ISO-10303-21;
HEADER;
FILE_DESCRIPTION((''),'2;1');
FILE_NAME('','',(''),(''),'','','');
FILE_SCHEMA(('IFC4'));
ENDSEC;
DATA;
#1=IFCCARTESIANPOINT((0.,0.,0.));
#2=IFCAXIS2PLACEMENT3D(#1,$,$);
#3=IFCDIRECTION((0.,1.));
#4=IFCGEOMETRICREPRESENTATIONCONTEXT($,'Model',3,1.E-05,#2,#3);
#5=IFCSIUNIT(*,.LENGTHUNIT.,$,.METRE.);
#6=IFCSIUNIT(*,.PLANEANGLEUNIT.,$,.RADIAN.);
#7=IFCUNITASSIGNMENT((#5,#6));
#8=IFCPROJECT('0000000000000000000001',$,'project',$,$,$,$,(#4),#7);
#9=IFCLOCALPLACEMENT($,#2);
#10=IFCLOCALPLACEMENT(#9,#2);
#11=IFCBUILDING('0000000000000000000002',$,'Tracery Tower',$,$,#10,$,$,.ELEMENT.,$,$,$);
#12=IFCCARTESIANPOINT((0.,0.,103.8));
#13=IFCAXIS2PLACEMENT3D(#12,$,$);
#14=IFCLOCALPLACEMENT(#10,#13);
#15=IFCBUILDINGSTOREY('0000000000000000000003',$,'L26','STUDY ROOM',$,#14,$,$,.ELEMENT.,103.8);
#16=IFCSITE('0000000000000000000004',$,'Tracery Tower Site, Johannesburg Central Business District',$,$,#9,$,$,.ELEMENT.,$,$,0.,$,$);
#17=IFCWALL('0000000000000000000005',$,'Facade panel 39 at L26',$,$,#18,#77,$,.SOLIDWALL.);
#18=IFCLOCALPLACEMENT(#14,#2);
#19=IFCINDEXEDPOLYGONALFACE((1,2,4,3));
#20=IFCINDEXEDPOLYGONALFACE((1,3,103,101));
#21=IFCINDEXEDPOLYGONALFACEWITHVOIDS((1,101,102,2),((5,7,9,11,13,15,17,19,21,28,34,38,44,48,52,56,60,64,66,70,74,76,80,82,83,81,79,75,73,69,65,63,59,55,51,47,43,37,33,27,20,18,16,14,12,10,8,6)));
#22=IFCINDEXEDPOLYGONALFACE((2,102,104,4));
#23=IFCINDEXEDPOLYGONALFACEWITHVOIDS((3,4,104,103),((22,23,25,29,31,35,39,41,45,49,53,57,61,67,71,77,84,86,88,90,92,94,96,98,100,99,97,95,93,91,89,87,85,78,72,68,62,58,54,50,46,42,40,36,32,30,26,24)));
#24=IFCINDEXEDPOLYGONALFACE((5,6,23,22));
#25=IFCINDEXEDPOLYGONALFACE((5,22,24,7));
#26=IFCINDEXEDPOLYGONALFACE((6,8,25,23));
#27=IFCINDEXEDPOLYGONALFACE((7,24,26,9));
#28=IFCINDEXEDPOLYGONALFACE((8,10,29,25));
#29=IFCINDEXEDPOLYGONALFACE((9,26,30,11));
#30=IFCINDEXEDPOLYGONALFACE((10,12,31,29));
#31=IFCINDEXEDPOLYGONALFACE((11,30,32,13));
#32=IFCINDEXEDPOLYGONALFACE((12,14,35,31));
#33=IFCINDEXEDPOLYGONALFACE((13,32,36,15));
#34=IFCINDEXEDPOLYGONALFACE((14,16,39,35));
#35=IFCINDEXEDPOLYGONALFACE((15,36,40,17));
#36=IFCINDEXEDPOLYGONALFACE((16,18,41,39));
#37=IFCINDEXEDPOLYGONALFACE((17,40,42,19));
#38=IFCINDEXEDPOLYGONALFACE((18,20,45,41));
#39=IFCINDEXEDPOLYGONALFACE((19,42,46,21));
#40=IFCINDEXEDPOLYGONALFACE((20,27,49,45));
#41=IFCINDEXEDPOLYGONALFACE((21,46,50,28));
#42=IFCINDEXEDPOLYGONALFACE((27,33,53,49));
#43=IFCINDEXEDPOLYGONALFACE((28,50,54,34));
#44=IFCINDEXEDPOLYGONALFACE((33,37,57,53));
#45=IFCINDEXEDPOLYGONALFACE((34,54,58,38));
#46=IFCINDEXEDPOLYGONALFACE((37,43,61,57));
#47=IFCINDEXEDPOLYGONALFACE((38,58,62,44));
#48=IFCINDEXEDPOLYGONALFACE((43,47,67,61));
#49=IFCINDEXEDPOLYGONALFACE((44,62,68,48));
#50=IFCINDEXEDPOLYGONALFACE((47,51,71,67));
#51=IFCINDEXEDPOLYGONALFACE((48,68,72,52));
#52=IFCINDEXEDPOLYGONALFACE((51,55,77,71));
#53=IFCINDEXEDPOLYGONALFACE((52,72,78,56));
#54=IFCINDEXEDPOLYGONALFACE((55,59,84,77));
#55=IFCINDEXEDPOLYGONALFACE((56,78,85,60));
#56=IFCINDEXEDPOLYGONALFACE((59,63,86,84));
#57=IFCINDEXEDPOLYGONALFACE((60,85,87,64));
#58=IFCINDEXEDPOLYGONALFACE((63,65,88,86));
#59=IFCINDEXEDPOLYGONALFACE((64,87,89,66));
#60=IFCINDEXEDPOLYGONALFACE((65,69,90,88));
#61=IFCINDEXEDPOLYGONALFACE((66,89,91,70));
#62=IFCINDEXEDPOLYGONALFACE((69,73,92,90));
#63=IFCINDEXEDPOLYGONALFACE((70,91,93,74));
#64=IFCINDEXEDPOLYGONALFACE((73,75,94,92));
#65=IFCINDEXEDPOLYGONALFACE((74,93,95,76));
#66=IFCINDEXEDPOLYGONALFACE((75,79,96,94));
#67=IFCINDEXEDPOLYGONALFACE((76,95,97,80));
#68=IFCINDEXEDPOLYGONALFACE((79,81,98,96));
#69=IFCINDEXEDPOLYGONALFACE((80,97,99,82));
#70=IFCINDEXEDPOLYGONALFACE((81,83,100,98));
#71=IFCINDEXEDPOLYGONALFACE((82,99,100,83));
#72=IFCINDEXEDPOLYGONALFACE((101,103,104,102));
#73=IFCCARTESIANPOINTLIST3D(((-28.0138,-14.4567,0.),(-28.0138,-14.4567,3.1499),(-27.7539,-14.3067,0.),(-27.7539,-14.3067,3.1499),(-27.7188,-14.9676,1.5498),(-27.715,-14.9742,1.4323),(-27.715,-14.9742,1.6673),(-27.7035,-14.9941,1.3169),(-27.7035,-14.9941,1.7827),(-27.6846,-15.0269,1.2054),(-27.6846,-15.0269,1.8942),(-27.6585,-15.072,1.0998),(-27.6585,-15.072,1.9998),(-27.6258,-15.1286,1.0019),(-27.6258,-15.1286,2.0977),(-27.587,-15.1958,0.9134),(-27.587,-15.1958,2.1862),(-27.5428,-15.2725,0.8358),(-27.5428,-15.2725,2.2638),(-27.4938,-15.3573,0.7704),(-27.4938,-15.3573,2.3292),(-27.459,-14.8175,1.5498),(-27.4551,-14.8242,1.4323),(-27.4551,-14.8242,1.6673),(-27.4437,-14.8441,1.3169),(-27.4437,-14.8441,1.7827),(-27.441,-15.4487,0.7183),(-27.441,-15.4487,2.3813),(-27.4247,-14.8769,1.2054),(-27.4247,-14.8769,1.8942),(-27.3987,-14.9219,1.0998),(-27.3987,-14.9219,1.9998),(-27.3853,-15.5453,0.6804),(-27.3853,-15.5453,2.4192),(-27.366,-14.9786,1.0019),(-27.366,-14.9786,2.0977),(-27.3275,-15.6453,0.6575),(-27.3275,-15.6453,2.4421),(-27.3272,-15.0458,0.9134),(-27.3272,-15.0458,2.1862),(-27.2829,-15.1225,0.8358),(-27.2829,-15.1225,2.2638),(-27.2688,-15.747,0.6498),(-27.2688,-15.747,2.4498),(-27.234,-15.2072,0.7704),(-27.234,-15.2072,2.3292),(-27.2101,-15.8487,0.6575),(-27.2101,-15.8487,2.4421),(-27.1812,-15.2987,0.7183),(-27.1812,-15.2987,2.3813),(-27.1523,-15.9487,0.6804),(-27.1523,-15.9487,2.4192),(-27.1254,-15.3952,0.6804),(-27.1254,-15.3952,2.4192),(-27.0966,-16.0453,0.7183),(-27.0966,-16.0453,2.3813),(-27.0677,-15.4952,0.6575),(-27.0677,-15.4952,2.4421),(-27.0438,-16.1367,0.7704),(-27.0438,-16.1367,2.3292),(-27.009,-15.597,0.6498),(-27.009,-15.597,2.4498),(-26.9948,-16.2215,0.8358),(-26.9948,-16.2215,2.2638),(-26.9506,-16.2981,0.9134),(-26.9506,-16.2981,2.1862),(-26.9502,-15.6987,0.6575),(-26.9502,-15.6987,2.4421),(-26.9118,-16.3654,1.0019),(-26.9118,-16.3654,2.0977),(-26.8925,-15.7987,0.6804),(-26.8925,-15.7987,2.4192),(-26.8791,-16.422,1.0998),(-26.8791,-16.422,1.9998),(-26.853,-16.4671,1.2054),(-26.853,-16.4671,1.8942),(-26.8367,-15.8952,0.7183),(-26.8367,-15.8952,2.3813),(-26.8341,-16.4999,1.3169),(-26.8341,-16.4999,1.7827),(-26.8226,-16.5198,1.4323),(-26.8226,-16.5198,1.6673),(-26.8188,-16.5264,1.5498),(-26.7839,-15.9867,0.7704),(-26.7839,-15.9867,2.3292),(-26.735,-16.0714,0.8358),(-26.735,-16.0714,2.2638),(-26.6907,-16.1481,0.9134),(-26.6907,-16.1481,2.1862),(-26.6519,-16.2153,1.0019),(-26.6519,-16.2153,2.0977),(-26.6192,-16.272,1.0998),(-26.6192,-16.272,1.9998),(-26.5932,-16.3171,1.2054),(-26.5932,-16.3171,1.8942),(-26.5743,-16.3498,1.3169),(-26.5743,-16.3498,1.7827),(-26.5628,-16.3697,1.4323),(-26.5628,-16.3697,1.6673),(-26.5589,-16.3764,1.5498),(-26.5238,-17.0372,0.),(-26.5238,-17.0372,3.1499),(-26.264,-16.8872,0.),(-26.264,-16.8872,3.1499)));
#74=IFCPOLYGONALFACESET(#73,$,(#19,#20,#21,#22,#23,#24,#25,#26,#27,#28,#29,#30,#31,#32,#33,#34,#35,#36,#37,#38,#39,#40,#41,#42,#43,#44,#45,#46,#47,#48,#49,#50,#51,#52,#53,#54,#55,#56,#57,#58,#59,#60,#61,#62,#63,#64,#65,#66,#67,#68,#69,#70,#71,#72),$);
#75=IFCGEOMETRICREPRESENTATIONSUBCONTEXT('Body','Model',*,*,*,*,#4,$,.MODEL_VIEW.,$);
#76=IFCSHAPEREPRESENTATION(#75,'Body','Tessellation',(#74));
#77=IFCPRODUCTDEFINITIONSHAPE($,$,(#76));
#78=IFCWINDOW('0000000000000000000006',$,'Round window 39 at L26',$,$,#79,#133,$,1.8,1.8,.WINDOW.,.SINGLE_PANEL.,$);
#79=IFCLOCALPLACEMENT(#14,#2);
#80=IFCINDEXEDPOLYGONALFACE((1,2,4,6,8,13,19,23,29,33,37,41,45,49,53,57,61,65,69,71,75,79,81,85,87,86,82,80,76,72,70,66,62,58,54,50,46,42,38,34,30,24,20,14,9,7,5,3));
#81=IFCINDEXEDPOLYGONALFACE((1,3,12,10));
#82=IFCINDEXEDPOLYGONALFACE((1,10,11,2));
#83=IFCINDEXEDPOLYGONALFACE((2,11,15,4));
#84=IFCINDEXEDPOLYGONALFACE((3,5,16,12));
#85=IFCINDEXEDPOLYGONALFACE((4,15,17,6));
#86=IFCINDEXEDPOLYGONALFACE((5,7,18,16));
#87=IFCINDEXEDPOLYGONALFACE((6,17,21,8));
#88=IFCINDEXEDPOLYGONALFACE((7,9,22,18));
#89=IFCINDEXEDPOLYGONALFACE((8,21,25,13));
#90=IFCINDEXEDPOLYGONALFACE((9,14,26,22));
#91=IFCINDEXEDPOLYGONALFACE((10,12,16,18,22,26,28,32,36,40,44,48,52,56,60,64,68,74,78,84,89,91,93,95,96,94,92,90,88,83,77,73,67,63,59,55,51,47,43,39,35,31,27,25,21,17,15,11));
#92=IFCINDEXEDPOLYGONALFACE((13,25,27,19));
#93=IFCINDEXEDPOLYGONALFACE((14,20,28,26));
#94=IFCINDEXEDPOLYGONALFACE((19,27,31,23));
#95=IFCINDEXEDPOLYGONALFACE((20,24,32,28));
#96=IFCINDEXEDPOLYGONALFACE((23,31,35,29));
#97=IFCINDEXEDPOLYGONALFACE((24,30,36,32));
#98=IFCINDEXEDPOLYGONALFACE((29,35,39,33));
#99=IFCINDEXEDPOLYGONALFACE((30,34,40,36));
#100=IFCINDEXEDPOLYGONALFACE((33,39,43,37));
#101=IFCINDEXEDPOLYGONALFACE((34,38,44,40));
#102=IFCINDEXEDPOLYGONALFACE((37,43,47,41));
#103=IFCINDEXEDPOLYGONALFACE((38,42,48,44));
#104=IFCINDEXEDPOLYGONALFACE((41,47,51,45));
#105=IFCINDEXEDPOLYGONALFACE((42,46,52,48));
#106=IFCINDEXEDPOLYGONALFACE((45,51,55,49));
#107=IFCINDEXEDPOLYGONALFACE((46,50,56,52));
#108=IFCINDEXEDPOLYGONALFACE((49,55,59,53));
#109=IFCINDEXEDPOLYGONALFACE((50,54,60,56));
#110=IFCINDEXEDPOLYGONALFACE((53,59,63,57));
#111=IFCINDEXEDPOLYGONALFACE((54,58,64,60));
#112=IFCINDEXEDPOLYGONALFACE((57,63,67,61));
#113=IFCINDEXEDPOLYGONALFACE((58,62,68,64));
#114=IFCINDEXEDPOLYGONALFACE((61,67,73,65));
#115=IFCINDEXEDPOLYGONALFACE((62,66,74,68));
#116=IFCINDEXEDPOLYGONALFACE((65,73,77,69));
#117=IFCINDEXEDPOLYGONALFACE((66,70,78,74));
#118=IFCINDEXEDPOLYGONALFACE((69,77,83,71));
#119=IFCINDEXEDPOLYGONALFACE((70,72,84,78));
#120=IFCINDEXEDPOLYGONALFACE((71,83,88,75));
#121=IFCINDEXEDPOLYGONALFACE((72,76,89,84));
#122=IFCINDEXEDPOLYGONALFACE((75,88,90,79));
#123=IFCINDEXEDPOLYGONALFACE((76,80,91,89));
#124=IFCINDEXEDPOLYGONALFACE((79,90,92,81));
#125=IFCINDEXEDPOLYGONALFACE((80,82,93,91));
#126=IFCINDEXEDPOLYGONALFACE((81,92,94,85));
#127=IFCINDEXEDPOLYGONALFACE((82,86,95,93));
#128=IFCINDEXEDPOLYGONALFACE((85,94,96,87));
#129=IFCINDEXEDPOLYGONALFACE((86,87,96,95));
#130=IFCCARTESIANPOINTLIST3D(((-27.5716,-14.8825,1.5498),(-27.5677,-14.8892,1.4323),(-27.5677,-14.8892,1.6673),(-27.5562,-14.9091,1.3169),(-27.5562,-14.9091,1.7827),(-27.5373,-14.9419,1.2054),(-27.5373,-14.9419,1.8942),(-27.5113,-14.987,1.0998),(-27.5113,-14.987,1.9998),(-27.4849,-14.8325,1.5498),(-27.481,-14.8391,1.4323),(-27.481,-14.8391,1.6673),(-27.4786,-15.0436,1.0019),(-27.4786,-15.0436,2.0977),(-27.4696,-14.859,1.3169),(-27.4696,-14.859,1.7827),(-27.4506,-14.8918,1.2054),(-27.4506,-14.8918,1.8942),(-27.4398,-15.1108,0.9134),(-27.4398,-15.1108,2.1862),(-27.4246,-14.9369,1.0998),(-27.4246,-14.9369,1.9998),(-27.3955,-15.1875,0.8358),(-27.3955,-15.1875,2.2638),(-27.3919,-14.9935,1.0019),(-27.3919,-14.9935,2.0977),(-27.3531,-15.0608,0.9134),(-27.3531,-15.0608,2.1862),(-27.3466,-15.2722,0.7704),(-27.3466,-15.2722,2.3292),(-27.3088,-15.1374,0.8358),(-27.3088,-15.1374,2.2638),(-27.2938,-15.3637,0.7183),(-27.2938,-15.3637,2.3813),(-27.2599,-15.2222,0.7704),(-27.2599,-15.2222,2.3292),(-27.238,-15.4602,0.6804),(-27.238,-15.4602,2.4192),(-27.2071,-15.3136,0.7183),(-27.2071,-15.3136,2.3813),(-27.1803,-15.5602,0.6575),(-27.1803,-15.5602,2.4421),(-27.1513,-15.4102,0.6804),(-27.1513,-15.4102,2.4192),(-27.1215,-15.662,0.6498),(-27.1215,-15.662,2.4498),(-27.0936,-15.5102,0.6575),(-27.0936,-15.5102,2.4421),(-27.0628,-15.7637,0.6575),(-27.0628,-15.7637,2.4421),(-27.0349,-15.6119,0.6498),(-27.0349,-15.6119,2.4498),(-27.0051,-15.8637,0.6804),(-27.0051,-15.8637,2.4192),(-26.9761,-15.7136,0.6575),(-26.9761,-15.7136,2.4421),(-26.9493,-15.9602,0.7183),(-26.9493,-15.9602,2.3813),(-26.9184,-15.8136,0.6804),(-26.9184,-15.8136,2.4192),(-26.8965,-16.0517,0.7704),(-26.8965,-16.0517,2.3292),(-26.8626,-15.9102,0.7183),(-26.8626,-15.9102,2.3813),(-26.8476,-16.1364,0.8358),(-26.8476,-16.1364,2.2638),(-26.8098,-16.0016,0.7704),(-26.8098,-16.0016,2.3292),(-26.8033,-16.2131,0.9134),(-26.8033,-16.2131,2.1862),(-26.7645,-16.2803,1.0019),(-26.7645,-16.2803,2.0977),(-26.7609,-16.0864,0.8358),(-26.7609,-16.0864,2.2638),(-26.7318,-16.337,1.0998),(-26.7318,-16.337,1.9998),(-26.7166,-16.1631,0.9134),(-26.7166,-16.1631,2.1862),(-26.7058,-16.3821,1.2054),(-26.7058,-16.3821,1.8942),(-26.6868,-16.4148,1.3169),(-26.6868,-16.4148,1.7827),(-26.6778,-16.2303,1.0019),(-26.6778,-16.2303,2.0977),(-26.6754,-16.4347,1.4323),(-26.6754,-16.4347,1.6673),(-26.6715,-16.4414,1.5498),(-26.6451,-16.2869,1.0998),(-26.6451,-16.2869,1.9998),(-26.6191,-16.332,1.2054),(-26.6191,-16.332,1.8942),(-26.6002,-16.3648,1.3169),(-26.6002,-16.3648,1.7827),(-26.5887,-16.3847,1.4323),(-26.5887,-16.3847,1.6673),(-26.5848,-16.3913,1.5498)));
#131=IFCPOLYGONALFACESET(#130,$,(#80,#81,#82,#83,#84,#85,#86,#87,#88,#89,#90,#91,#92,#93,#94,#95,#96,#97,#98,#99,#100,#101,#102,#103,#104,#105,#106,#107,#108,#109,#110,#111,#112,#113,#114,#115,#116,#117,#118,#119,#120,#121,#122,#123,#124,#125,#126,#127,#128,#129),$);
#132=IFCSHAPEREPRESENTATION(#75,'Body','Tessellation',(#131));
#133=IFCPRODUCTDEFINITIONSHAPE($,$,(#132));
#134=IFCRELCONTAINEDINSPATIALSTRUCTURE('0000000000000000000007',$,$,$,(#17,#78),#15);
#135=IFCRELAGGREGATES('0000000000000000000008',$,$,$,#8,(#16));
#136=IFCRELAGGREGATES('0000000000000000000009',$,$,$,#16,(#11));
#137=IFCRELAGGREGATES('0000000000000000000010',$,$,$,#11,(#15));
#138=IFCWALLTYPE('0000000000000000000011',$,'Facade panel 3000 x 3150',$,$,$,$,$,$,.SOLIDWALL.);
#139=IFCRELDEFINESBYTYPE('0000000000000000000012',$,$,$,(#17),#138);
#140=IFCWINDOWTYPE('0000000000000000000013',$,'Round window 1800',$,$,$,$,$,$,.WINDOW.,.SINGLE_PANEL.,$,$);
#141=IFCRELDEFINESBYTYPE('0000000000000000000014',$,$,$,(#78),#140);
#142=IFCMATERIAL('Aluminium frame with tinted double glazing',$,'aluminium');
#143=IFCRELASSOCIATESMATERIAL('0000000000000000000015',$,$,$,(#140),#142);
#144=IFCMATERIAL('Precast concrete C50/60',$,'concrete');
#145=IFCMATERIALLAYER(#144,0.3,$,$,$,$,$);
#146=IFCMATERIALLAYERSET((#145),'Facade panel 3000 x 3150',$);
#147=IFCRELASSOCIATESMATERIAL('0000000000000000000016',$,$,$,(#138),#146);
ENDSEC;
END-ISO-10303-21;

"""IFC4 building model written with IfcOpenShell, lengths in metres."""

from ifc_helpers import new_model, si_unit, direction, frame, frame_2d, origin, origin_2d, place, context, subcontext, project, spatial, rectangle, circle, extrude, material, layer, layer_set, type_object, element, fill, save


model = new_model("IFC4")

# Units and contexts
model_context = context("Model", 3, precision=1e-05, world=origin(), true_north=direction((0.0, 1.0)))
body_context = subcontext(model_context, "Body", "Model", "MODEL_VIEW")
ifc_project = project(units=[si_unit("LENGTHUNIT", "METRE"), si_unit("PLANEANGLEUNIT", "RADIAN")], contexts=[model_context])

# Site, building, storey
site_placement = place(None, origin())
site = spatial("IfcSite", under=ifc_project, at=site_placement, Name="Tracery Tower Site, Johannesburg Central Business District", CompositionType="ELEMENT", RefElevation=0.0)
building_placement = place(site_placement, origin())
building = spatial("IfcBuilding", under=site, at=building_placement, Name="Tracery Tower", CompositionType="ELEMENT")
storey_placement = place(building_placement, frame((0.0, 0.0, 103.8)))
storey = spatial("IfcBuildingStorey", under=building, at=storey_placement, Name="L26", Description="STUDY ROOM", CompositionType="ELEMENT", Elevation=103.8)

# Wall, opening, window
ifc_material_1 = material(Name="Aluminium frame with tinted double glazing", Category="aluminium")
window_type = type_object("IfcWindowType", Name="Round window 1800", PartitioningType="SINGLE_PANEL", PredefinedType="WINDOW", material=ifc_material_1)
ifc_material_2 = material(Name="Precast concrete C50/60", Category="concrete")
ifc_layer_1 = layer(ifc_material_2, 0.3)
ifc_layer_set_1 = layer_set([ifc_layer_1], Name="Facade panel 3000 x 3150")
wall_type_1 = type_object("IfcWallType", Name="Facade panel 3000 x 3150", PredefinedType="SOLIDWALL", material=ifc_layer_set_1)
wall_1_placement = place(storey_placement, frame((-27.8838, -14.3818, 0.0), z_axis=(0.0, 0.0, 1.0), x_axis=(0.500025, -0.866011, 0.0)))
wall_1 = element("IfcWall", 1, at=wall_1_placement, inside=storey, type_object=wall_type_1, Name="Facade panel 39 at L26", PredefinedType="SOLIDWALL", context=body_context, shape_type="SweptSolid", body=[
    extrude(rectangle(XDim=2.9797, YDim=0.3, at=frame_2d((1.4897, 0.0))), origin(), (0.0, 0.0, 1.0), 3.1499),
])
opening_1_placement = place(wall_1_placement, frame((1.4897, 0.0, 1.5498)))
opening_1 = element("IfcOpeningElement", 2, at=opening_1_placement, cuts=wall_1, PredefinedType="OPENING", context=body_context, shape_type="SweptSolid", body=[
    extrude(circle(Radius=0.9, at=origin_2d()), frame((0.0, 0.1599, 0.0), z_axis=(0.0, -1.0, 0.0), x_axis=(1.0, 0.0, 0.0)), (0.0, 0.0, 1.0), 0.3201),
])
window_1_placement = place(opening_1_placement, origin())
window_1 = element("IfcWindow", 3, at=window_1_placement, inside=storey, type_object=window_type, Name="Round window 39 at L26", OverallHeight=1.8, OverallWidth=1.8, PartitioningType="SINGLE_PANEL", PredefinedType="WINDOW", context=body_context, shape_type="SweptSolid", body=[
    extrude(circle(Radius=0.9, at=origin_2d()), frame((0.0, 0.1201, 0.0), z_axis=(0.0, -1.0, 0.0), x_axis=(1.0, 0.0, 0.0)), (0.0, 0.0, 1.0), 0.1001),
])
fill(opening_1, window_1)

save(model, "model.ifc")
